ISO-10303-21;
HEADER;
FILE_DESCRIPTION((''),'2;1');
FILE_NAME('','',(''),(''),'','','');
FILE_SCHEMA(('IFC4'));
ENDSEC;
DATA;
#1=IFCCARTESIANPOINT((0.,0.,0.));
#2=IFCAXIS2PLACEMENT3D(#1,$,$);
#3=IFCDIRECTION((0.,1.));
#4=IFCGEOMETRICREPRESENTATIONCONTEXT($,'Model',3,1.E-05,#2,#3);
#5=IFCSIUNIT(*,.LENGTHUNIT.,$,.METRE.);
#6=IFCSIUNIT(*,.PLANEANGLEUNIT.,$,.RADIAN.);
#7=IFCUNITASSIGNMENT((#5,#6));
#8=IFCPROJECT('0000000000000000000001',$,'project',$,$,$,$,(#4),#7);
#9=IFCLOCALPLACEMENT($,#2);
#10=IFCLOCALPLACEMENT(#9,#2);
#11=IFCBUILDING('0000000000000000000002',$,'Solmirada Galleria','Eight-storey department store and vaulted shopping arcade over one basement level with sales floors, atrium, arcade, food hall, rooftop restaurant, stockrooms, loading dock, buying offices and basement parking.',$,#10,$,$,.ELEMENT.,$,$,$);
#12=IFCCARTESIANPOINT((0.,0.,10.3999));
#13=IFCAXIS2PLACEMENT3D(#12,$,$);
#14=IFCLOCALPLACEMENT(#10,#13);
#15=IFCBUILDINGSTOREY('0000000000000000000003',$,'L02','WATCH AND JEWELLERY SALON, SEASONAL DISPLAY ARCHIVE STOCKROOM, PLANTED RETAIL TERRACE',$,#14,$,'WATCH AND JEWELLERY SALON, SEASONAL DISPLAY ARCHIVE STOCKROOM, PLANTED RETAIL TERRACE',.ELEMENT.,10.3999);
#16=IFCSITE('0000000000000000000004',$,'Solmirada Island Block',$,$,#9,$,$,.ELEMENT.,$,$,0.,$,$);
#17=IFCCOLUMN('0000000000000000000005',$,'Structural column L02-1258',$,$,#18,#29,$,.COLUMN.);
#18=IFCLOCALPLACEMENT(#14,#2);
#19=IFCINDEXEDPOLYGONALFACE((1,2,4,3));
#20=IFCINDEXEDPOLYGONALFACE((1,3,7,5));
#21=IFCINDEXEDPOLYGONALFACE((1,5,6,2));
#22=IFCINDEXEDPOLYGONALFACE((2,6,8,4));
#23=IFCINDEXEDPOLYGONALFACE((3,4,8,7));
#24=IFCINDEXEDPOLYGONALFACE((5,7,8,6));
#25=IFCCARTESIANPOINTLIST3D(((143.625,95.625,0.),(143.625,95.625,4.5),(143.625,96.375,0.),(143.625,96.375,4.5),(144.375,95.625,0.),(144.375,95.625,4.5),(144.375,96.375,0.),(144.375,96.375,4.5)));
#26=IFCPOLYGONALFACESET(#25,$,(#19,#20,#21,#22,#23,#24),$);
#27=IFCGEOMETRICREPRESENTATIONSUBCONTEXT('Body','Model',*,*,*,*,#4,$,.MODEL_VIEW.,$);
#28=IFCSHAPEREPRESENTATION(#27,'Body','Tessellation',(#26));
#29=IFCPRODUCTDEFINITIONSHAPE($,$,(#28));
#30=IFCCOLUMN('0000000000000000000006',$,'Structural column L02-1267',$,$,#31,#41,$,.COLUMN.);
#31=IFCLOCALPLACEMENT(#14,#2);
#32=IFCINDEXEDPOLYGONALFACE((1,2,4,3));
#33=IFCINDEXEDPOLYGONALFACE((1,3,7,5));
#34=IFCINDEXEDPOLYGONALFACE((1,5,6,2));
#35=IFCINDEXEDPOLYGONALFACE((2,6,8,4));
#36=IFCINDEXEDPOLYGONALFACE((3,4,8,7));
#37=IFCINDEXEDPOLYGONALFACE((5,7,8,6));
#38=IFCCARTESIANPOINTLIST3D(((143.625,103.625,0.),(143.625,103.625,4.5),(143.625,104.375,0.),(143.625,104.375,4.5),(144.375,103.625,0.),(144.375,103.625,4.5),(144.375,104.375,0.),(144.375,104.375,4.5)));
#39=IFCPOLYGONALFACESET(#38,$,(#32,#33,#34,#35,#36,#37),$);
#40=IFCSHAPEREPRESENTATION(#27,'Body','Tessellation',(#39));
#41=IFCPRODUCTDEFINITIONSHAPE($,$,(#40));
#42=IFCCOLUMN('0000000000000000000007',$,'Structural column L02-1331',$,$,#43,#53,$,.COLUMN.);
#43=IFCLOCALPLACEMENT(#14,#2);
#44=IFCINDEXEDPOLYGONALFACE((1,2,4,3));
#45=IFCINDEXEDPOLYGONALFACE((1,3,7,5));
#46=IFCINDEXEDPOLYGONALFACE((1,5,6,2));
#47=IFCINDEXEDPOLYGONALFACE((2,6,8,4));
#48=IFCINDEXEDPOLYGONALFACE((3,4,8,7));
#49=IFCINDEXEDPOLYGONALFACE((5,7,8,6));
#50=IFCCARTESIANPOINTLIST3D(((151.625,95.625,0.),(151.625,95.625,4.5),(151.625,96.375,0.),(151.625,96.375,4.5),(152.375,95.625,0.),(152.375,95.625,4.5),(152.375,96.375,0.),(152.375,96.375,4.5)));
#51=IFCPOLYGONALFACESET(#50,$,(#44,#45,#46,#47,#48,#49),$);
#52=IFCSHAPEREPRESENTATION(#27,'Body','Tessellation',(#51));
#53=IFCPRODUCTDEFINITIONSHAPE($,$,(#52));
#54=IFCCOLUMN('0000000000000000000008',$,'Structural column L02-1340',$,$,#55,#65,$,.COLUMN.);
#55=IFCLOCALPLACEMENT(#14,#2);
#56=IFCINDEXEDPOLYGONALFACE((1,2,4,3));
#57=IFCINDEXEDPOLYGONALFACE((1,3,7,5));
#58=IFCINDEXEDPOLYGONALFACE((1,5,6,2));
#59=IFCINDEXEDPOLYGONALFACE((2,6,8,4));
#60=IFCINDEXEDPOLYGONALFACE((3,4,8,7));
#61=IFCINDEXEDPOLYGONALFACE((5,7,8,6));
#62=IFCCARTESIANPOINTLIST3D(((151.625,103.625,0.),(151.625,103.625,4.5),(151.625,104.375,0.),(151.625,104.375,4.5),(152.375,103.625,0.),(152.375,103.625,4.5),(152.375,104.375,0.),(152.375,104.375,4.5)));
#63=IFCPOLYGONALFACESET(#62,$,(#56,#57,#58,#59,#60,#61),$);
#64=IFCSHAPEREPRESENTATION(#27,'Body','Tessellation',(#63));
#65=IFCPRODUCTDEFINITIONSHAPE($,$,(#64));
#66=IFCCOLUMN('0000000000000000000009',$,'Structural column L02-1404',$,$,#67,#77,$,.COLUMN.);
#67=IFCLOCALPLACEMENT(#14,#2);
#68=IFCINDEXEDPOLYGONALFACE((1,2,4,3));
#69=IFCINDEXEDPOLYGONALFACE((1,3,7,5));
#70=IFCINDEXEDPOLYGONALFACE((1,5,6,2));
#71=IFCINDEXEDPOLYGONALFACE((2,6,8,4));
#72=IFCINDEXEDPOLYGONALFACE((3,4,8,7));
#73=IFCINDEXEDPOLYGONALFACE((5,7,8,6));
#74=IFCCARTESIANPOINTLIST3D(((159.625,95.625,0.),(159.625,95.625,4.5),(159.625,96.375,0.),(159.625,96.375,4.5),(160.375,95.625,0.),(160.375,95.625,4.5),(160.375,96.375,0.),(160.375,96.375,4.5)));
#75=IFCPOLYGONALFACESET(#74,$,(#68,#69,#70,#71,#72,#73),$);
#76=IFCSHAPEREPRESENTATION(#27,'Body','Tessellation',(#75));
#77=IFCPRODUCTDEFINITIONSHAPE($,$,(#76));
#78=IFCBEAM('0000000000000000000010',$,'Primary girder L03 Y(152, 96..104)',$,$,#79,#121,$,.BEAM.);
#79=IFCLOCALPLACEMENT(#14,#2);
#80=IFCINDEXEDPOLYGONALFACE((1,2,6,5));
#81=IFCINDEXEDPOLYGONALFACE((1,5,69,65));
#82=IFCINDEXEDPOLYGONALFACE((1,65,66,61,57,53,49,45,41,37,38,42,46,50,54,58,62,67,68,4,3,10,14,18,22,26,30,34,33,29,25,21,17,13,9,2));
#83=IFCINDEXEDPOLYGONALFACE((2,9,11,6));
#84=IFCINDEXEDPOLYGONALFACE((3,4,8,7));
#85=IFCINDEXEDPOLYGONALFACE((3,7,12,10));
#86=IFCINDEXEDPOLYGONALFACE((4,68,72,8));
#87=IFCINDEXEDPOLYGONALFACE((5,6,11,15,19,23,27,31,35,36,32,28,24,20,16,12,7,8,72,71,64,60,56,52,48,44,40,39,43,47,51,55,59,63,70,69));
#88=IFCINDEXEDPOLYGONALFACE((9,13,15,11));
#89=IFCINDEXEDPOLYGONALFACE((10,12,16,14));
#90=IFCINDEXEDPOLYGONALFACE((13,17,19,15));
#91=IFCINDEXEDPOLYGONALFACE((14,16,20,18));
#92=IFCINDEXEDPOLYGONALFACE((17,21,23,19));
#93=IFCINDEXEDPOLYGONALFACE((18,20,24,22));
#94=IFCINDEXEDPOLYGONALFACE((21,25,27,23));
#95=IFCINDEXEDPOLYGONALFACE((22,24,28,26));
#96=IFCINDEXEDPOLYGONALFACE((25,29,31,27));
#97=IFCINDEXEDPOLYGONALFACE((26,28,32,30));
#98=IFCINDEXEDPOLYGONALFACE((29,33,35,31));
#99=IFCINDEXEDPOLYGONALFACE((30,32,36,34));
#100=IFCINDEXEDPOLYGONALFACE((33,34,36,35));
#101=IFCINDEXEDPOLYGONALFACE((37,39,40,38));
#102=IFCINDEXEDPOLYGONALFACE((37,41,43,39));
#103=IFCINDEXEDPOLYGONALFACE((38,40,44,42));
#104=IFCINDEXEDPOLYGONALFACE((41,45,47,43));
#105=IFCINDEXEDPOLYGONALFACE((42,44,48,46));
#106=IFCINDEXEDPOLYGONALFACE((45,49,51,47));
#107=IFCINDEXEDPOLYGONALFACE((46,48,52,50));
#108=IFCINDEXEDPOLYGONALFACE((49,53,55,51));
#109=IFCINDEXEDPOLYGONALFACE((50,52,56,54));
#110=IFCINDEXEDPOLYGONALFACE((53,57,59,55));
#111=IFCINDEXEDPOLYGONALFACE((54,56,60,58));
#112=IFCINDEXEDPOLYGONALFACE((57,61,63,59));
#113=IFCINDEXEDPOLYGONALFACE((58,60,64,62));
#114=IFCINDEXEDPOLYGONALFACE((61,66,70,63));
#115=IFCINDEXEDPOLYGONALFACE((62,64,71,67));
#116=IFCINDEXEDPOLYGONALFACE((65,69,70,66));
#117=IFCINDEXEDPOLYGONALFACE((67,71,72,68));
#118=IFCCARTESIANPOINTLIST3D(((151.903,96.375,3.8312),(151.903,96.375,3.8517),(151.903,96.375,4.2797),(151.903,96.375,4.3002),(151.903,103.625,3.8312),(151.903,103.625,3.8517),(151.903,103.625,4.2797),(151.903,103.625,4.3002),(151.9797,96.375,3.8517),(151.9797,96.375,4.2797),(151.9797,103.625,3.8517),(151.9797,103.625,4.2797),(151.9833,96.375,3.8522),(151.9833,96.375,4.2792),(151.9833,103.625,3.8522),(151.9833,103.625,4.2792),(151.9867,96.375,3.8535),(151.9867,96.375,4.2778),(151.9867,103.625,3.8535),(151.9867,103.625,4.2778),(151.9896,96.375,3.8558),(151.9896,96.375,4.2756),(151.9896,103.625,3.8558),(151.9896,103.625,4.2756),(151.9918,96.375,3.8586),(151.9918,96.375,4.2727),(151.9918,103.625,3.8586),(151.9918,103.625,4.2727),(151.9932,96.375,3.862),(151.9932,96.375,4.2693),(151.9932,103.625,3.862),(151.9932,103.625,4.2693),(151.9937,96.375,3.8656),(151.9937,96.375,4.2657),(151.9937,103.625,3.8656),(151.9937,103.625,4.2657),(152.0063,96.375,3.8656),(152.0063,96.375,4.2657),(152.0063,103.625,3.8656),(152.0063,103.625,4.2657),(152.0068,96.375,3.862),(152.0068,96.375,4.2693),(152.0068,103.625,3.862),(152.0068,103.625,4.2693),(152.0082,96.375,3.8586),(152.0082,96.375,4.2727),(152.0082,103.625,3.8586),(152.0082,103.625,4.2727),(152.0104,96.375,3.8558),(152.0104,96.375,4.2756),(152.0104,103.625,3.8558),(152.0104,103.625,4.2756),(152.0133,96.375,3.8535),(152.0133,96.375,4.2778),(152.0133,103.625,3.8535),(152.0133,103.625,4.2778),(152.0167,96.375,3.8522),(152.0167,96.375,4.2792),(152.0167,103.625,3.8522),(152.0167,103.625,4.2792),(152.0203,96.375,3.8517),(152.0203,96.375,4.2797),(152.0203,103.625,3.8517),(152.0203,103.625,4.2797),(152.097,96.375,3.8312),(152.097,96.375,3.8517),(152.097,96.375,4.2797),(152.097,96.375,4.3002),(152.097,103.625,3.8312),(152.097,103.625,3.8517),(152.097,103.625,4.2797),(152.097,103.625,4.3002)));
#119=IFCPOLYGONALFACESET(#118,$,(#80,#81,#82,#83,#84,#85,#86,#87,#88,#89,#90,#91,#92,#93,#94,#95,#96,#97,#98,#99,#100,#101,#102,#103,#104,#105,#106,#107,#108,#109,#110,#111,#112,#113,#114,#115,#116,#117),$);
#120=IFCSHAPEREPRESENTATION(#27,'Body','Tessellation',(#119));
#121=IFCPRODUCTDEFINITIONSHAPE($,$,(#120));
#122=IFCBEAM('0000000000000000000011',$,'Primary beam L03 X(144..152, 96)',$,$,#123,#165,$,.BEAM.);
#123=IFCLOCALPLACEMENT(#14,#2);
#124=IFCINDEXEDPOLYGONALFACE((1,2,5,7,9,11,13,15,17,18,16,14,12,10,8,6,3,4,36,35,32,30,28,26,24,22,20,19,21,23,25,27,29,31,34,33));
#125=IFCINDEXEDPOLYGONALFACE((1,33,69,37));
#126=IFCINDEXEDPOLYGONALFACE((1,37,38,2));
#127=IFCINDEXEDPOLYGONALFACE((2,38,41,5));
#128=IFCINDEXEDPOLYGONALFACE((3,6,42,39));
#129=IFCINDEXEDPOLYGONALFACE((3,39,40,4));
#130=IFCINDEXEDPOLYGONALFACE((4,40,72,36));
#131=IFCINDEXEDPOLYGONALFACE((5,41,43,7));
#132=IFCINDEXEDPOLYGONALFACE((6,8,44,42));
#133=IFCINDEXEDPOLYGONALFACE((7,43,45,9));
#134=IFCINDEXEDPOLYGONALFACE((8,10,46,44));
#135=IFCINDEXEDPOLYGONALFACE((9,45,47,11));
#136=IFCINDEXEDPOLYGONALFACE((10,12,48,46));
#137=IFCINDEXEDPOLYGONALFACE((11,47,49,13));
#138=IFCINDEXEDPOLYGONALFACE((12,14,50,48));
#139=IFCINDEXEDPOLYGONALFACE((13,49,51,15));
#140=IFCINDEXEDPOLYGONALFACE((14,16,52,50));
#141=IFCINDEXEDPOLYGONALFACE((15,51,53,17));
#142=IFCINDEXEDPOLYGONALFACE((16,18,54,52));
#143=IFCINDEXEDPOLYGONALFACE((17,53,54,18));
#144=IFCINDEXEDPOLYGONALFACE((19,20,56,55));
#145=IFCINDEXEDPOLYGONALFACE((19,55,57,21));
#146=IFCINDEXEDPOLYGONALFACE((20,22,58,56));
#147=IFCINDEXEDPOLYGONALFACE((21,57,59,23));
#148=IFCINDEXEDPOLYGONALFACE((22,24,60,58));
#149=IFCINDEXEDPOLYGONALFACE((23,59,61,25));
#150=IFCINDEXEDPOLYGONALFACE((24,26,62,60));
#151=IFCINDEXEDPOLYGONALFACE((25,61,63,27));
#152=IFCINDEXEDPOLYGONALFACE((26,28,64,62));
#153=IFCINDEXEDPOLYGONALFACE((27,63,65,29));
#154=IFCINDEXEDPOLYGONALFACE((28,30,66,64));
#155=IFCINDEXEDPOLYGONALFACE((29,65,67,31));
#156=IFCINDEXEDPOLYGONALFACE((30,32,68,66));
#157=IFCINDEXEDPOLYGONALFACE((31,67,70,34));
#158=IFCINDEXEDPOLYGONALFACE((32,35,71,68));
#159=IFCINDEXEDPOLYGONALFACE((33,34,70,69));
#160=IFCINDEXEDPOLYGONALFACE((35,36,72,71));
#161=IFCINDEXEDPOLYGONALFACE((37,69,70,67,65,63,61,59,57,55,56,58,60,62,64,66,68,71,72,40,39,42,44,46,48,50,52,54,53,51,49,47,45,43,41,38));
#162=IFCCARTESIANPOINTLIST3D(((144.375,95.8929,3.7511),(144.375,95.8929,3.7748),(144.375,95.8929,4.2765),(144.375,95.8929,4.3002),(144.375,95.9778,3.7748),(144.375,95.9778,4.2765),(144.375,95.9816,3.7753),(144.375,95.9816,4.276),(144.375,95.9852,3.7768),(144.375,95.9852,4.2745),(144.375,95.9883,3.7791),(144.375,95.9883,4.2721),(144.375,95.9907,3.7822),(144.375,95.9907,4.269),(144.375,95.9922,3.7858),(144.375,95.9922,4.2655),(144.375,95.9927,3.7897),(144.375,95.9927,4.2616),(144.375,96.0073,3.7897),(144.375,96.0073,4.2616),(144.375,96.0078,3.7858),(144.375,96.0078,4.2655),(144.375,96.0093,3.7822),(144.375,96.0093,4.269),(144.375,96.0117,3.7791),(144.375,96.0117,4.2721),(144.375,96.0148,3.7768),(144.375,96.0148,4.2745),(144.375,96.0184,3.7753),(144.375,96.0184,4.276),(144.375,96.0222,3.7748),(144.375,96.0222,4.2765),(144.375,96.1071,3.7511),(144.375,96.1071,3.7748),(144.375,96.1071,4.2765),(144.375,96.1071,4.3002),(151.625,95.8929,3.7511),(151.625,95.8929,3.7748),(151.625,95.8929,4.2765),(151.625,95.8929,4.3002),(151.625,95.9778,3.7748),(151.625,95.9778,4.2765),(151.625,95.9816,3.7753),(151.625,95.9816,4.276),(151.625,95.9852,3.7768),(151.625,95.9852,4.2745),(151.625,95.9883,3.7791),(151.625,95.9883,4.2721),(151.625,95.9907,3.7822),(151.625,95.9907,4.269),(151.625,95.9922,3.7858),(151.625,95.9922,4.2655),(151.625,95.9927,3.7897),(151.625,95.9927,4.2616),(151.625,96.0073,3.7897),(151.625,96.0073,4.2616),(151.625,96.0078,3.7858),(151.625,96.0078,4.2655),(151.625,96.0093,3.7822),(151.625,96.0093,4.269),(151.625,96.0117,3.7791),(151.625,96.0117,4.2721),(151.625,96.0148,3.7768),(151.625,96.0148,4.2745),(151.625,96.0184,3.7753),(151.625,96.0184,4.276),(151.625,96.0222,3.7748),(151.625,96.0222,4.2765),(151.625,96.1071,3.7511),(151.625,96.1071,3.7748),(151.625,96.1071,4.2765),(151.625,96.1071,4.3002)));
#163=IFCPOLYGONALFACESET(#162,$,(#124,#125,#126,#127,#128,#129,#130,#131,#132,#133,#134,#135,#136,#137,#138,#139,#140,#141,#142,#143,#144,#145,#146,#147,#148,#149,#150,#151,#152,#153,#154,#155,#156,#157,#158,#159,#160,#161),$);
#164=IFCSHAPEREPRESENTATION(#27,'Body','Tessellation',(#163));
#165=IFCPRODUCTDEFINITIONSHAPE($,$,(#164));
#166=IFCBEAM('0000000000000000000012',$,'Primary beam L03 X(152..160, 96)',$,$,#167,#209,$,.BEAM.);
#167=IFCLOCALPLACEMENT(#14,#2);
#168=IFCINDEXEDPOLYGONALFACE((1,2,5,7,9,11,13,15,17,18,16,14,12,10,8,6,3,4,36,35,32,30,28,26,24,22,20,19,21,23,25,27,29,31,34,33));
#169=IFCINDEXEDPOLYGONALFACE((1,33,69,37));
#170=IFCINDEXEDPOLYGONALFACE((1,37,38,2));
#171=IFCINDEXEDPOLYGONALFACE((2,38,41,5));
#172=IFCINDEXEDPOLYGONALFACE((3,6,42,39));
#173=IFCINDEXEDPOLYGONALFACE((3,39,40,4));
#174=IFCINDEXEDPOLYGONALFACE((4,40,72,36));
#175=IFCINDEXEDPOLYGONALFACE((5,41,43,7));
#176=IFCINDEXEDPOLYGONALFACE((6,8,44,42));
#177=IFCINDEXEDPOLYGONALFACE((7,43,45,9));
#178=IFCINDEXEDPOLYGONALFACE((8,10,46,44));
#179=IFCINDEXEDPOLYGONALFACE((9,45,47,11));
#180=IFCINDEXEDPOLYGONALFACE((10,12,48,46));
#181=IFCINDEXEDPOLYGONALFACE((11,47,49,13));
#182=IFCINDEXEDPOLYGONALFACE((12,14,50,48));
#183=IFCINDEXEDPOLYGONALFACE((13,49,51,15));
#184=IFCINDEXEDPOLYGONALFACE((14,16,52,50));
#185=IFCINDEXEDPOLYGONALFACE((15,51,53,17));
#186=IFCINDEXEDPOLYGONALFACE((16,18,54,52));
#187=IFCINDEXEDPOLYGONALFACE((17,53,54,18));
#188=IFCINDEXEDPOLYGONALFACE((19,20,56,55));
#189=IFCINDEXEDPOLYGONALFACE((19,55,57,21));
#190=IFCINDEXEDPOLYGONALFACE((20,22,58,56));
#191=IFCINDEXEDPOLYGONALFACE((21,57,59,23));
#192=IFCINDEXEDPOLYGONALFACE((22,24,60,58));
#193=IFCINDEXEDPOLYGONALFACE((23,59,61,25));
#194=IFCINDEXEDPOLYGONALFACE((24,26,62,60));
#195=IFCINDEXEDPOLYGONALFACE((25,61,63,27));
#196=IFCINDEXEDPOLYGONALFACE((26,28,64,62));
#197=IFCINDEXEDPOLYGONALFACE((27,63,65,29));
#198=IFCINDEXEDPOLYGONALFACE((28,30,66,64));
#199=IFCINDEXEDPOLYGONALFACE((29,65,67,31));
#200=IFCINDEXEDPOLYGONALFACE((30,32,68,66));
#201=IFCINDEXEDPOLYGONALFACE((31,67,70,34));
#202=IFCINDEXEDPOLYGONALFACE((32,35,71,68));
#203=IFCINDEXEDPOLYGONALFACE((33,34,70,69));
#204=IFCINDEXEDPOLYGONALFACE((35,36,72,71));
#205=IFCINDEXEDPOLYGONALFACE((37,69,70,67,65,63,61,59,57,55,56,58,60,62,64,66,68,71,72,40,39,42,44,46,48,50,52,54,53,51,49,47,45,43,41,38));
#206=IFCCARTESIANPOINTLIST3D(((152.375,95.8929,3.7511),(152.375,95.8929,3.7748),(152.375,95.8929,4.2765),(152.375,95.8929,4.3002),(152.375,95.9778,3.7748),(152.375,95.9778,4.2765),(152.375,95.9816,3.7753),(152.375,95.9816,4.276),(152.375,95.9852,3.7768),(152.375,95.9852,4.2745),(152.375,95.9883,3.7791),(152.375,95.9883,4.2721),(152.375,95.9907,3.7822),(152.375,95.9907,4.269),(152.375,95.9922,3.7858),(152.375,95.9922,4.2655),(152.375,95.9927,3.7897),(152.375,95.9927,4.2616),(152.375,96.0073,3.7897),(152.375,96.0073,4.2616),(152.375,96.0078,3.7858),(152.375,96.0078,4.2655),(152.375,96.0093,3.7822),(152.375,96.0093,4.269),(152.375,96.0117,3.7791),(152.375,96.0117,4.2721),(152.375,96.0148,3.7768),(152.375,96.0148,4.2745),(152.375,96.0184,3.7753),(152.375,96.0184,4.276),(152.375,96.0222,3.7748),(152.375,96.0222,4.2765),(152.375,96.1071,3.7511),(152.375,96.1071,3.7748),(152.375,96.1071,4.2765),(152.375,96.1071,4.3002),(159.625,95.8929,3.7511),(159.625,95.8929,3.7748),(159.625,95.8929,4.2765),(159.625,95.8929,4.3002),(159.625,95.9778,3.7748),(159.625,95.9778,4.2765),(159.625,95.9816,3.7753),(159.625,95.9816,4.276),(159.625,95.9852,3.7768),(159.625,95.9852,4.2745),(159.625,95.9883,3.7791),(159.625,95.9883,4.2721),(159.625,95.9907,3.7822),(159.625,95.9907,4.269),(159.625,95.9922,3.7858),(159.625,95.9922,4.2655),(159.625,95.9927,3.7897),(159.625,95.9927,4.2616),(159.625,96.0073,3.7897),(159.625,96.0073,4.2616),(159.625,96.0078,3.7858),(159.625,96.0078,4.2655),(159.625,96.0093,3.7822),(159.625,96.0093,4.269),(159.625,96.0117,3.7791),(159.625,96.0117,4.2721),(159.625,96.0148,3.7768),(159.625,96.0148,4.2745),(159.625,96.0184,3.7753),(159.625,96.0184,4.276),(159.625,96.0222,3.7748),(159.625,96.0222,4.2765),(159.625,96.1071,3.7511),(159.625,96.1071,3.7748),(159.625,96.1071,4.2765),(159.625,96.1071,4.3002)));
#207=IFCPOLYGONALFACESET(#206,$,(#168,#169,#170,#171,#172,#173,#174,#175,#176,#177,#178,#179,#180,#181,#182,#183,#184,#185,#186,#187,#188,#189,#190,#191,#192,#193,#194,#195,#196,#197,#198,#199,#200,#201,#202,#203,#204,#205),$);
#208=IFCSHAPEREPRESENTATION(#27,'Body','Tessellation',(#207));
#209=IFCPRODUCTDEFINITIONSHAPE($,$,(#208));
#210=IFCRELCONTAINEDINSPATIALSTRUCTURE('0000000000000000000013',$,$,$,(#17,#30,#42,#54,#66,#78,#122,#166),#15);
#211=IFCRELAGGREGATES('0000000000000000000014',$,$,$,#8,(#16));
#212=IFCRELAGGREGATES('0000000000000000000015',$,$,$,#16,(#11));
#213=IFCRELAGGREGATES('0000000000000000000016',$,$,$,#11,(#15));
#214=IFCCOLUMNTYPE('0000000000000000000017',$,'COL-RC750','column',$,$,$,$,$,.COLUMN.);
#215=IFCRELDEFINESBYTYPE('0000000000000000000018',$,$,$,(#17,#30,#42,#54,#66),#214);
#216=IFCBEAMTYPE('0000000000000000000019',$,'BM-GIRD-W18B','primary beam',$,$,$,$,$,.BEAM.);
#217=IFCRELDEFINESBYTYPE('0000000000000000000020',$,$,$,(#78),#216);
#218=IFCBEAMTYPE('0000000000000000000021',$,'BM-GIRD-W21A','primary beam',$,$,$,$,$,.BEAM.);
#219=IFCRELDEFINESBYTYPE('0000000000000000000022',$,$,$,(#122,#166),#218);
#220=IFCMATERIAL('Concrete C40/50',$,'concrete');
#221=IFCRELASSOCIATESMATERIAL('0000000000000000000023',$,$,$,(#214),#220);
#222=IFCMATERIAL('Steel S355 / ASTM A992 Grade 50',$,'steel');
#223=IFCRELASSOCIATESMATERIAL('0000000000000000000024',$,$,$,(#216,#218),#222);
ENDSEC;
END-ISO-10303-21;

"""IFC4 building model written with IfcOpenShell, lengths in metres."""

from ifc_helpers import new_model, si_unit, direction, frame, origin, origin_2d, place, context, subcontext, project, spatial, rectangle, i_section, extrude, material, material_profile, profile_set, type_object, element, save


model = new_model("IFC4")

# Units and contexts
model_context = context("Model", 3, precision=1e-05, world=origin(), true_north=direction((0.0, 1.0)))
body_context = subcontext(model_context, "Body", "Model", "MODEL_VIEW")
ifc_project = project(units=[si_unit("LENGTHUNIT", "METRE"), si_unit("PLANEANGLEUNIT", "RADIAN")], contexts=[model_context])

# Site, building, storey
site_placement = place(None, origin())
site = spatial("IfcSite", under=ifc_project, at=site_placement, Name="Solmirada Island Block", CompositionType="ELEMENT", RefElevation=0.0)
building_placement = place(site_placement, origin())
building = spatial("IfcBuilding", under=site, at=building_placement, Name="Solmirada Galleria", Description="Eight-storey department store and vaulted shopping arcade over one basement level with sales floors, atrium, arcade, food hall, rooftop restaurant, stockrooms, loading dock, buying offices and basement parking.", CompositionType="ELEMENT")
storey_placement = place(building_placement, frame((0.0, 0.0, 10.3999)))
storey = spatial("IfcBuildingStorey", under=building, at=storey_placement, Name="L02", Description="WATCH AND JEWELLERY SALON, SEASONAL DISPLAY ARCHIVE STOCKROOM, PLANTED RETAIL TERRACE", LongName="WATCH AND JEWELLERY SALON, SEASONAL DISPLAY ARCHIVE STOCKROOM, PLANTED RETAIL TERRACE", CompositionType="ELEMENT", Elevation=10.3999)

# Columns
ifc_material_1 = material(Name="Concrete C40/50", Category="concrete")
ifc_material_profile_1 = material_profile(ifc_material_1, rectangle(XDim=0.75, YDim=0.75, at=origin_2d()), Name="RC750X750")
ifc_profile_set_1 = profile_set([ifc_material_profile_1], Name="Concrete C40/50")
column_type = type_object("IfcColumnType", Name="COL-RC750", Description="column", PredefinedType="COLUMN", material=ifc_profile_set_1)
for number, where, z_axis, x_axis, name in (
    (1, (144.0, 96.0, 0.0), (0.0, 0.0, 1.0), (1.0, 0.0, 0.0), "Structural column L02-1258"),
    (2, (144.0, 104.0, 0.0), (0.0, 0.0, 1.0), (1.0, 0.0, 0.0), "Structural column L02-1267"),
    (3, (152.0, 96.0, 0.0), (0.0, 0.0, 1.0), (1.0, 0.0, 0.0), "Structural column L02-1331"),
    (4, (152.0, 104.0, 0.0), (0.0, 0.0, 1.0), (1.0, 0.0, 0.0), "Structural column L02-1340"),
    (5, (160.0, 96.0, 0.0), (0.0, 0.0, 1.0), (1.0, 0.0, 0.0), "Structural column L02-1404"),
):
    element("IfcColumn", number, at=place(storey_placement, frame(where, z_axis=z_axis, x_axis=x_axis)), inside=storey, type_object=column_type, Name=name, PredefinedType="COLUMN", context=body_context, shape_type="SweptSolid", body=[
        extrude(rectangle(XDim=0.75, YDim=0.75, at=origin_2d()), origin(), (0.0, 0.0, 1.0), 4.5),
    ])

# Beams
ifc_material_2 = material(Name="Steel S355 / ASTM A992 Grade 50", Category="steel")
ifc_material_profile_2 = material_profile(ifc_material_2, i_section(OverallWidth=0.1941, OverallDepth=0.469, WebThickness=0.0127, FlangeThickness=0.0205, FilletRadius=0.0139, at=origin_2d()), Name="W18X71")
ifc_profile_set_2 = profile_set([ifc_material_profile_2], Name="Steel S355 / ASTM A992 Grade 50")
beam_type_1 = type_object("IfcBeamType", Name="BM-GIRD-W18B", Description="primary beam", PredefinedType="BEAM", material=ifc_profile_set_2)
beam_placement = place(storey_placement, frame((152.0, 96.375, 4.0657), z_axis=(0.0, 1.0, 0.0), x_axis=(-1.0, 0.0, 0.0)))
element("IfcBeam", 6, at=beam_placement, inside=storey, type_object=beam_type_1, Name="Primary girder L03 Y(152, 96..104)", PredefinedType="BEAM", context=body_context, shape_type="SweptSolid", body=[
    extrude(i_section(OverallWidth=0.1941, OverallDepth=0.469, WebThickness=0.0127, FlangeThickness=0.0205, FilletRadius=0.0139, at=origin_2d()), origin(), (0.0, 0.0, 1.0), 7.25),
])
ifc_material_profile_3 = material_profile(ifc_material_2, i_section(OverallWidth=0.2141, OverallDepth=0.5491, WebThickness=0.0146, FlangeThickness=0.0237, FilletRadius=0.0149, at=origin_2d()), Name="W21X93")
ifc_profile_set_3 = profile_set([ifc_material_profile_3], Name="Steel S355 / ASTM A992 Grade 50")
beam_type_2 = type_object("IfcBeamType", Name="BM-GIRD-W21A", Description="primary beam", PredefinedType="BEAM", material=ifc_profile_set_3)
for number, where, z_axis, x_axis, name in (
    (7, (144.375, 96.0, 4.0256), (1.0, 0.0, 0.0), (0.0, 1.0, 0.0), "Primary beam L03 X(144..152, 96)"),
    (8, (152.375, 96.0, 4.0256), (1.0, 0.0, 0.0), (0.0, 1.0, 0.0), "Primary beam L03 X(152..160, 96)"),
):
    element("IfcBeam", number, at=place(storey_placement, frame(where, z_axis=z_axis, x_axis=x_axis)), inside=storey, type_object=beam_type_2, Name=name, PredefinedType="BEAM", context=body_context, shape_type="SweptSolid", body=[
        extrude(i_section(OverallWidth=0.2141, OverallDepth=0.5491, WebThickness=0.0146, FlangeThickness=0.0237, FilletRadius=0.0149, at=origin_2d()), origin(), (0.0, 0.0, 1.0), 7.25),
    ])

save(model, "model.ifc")
